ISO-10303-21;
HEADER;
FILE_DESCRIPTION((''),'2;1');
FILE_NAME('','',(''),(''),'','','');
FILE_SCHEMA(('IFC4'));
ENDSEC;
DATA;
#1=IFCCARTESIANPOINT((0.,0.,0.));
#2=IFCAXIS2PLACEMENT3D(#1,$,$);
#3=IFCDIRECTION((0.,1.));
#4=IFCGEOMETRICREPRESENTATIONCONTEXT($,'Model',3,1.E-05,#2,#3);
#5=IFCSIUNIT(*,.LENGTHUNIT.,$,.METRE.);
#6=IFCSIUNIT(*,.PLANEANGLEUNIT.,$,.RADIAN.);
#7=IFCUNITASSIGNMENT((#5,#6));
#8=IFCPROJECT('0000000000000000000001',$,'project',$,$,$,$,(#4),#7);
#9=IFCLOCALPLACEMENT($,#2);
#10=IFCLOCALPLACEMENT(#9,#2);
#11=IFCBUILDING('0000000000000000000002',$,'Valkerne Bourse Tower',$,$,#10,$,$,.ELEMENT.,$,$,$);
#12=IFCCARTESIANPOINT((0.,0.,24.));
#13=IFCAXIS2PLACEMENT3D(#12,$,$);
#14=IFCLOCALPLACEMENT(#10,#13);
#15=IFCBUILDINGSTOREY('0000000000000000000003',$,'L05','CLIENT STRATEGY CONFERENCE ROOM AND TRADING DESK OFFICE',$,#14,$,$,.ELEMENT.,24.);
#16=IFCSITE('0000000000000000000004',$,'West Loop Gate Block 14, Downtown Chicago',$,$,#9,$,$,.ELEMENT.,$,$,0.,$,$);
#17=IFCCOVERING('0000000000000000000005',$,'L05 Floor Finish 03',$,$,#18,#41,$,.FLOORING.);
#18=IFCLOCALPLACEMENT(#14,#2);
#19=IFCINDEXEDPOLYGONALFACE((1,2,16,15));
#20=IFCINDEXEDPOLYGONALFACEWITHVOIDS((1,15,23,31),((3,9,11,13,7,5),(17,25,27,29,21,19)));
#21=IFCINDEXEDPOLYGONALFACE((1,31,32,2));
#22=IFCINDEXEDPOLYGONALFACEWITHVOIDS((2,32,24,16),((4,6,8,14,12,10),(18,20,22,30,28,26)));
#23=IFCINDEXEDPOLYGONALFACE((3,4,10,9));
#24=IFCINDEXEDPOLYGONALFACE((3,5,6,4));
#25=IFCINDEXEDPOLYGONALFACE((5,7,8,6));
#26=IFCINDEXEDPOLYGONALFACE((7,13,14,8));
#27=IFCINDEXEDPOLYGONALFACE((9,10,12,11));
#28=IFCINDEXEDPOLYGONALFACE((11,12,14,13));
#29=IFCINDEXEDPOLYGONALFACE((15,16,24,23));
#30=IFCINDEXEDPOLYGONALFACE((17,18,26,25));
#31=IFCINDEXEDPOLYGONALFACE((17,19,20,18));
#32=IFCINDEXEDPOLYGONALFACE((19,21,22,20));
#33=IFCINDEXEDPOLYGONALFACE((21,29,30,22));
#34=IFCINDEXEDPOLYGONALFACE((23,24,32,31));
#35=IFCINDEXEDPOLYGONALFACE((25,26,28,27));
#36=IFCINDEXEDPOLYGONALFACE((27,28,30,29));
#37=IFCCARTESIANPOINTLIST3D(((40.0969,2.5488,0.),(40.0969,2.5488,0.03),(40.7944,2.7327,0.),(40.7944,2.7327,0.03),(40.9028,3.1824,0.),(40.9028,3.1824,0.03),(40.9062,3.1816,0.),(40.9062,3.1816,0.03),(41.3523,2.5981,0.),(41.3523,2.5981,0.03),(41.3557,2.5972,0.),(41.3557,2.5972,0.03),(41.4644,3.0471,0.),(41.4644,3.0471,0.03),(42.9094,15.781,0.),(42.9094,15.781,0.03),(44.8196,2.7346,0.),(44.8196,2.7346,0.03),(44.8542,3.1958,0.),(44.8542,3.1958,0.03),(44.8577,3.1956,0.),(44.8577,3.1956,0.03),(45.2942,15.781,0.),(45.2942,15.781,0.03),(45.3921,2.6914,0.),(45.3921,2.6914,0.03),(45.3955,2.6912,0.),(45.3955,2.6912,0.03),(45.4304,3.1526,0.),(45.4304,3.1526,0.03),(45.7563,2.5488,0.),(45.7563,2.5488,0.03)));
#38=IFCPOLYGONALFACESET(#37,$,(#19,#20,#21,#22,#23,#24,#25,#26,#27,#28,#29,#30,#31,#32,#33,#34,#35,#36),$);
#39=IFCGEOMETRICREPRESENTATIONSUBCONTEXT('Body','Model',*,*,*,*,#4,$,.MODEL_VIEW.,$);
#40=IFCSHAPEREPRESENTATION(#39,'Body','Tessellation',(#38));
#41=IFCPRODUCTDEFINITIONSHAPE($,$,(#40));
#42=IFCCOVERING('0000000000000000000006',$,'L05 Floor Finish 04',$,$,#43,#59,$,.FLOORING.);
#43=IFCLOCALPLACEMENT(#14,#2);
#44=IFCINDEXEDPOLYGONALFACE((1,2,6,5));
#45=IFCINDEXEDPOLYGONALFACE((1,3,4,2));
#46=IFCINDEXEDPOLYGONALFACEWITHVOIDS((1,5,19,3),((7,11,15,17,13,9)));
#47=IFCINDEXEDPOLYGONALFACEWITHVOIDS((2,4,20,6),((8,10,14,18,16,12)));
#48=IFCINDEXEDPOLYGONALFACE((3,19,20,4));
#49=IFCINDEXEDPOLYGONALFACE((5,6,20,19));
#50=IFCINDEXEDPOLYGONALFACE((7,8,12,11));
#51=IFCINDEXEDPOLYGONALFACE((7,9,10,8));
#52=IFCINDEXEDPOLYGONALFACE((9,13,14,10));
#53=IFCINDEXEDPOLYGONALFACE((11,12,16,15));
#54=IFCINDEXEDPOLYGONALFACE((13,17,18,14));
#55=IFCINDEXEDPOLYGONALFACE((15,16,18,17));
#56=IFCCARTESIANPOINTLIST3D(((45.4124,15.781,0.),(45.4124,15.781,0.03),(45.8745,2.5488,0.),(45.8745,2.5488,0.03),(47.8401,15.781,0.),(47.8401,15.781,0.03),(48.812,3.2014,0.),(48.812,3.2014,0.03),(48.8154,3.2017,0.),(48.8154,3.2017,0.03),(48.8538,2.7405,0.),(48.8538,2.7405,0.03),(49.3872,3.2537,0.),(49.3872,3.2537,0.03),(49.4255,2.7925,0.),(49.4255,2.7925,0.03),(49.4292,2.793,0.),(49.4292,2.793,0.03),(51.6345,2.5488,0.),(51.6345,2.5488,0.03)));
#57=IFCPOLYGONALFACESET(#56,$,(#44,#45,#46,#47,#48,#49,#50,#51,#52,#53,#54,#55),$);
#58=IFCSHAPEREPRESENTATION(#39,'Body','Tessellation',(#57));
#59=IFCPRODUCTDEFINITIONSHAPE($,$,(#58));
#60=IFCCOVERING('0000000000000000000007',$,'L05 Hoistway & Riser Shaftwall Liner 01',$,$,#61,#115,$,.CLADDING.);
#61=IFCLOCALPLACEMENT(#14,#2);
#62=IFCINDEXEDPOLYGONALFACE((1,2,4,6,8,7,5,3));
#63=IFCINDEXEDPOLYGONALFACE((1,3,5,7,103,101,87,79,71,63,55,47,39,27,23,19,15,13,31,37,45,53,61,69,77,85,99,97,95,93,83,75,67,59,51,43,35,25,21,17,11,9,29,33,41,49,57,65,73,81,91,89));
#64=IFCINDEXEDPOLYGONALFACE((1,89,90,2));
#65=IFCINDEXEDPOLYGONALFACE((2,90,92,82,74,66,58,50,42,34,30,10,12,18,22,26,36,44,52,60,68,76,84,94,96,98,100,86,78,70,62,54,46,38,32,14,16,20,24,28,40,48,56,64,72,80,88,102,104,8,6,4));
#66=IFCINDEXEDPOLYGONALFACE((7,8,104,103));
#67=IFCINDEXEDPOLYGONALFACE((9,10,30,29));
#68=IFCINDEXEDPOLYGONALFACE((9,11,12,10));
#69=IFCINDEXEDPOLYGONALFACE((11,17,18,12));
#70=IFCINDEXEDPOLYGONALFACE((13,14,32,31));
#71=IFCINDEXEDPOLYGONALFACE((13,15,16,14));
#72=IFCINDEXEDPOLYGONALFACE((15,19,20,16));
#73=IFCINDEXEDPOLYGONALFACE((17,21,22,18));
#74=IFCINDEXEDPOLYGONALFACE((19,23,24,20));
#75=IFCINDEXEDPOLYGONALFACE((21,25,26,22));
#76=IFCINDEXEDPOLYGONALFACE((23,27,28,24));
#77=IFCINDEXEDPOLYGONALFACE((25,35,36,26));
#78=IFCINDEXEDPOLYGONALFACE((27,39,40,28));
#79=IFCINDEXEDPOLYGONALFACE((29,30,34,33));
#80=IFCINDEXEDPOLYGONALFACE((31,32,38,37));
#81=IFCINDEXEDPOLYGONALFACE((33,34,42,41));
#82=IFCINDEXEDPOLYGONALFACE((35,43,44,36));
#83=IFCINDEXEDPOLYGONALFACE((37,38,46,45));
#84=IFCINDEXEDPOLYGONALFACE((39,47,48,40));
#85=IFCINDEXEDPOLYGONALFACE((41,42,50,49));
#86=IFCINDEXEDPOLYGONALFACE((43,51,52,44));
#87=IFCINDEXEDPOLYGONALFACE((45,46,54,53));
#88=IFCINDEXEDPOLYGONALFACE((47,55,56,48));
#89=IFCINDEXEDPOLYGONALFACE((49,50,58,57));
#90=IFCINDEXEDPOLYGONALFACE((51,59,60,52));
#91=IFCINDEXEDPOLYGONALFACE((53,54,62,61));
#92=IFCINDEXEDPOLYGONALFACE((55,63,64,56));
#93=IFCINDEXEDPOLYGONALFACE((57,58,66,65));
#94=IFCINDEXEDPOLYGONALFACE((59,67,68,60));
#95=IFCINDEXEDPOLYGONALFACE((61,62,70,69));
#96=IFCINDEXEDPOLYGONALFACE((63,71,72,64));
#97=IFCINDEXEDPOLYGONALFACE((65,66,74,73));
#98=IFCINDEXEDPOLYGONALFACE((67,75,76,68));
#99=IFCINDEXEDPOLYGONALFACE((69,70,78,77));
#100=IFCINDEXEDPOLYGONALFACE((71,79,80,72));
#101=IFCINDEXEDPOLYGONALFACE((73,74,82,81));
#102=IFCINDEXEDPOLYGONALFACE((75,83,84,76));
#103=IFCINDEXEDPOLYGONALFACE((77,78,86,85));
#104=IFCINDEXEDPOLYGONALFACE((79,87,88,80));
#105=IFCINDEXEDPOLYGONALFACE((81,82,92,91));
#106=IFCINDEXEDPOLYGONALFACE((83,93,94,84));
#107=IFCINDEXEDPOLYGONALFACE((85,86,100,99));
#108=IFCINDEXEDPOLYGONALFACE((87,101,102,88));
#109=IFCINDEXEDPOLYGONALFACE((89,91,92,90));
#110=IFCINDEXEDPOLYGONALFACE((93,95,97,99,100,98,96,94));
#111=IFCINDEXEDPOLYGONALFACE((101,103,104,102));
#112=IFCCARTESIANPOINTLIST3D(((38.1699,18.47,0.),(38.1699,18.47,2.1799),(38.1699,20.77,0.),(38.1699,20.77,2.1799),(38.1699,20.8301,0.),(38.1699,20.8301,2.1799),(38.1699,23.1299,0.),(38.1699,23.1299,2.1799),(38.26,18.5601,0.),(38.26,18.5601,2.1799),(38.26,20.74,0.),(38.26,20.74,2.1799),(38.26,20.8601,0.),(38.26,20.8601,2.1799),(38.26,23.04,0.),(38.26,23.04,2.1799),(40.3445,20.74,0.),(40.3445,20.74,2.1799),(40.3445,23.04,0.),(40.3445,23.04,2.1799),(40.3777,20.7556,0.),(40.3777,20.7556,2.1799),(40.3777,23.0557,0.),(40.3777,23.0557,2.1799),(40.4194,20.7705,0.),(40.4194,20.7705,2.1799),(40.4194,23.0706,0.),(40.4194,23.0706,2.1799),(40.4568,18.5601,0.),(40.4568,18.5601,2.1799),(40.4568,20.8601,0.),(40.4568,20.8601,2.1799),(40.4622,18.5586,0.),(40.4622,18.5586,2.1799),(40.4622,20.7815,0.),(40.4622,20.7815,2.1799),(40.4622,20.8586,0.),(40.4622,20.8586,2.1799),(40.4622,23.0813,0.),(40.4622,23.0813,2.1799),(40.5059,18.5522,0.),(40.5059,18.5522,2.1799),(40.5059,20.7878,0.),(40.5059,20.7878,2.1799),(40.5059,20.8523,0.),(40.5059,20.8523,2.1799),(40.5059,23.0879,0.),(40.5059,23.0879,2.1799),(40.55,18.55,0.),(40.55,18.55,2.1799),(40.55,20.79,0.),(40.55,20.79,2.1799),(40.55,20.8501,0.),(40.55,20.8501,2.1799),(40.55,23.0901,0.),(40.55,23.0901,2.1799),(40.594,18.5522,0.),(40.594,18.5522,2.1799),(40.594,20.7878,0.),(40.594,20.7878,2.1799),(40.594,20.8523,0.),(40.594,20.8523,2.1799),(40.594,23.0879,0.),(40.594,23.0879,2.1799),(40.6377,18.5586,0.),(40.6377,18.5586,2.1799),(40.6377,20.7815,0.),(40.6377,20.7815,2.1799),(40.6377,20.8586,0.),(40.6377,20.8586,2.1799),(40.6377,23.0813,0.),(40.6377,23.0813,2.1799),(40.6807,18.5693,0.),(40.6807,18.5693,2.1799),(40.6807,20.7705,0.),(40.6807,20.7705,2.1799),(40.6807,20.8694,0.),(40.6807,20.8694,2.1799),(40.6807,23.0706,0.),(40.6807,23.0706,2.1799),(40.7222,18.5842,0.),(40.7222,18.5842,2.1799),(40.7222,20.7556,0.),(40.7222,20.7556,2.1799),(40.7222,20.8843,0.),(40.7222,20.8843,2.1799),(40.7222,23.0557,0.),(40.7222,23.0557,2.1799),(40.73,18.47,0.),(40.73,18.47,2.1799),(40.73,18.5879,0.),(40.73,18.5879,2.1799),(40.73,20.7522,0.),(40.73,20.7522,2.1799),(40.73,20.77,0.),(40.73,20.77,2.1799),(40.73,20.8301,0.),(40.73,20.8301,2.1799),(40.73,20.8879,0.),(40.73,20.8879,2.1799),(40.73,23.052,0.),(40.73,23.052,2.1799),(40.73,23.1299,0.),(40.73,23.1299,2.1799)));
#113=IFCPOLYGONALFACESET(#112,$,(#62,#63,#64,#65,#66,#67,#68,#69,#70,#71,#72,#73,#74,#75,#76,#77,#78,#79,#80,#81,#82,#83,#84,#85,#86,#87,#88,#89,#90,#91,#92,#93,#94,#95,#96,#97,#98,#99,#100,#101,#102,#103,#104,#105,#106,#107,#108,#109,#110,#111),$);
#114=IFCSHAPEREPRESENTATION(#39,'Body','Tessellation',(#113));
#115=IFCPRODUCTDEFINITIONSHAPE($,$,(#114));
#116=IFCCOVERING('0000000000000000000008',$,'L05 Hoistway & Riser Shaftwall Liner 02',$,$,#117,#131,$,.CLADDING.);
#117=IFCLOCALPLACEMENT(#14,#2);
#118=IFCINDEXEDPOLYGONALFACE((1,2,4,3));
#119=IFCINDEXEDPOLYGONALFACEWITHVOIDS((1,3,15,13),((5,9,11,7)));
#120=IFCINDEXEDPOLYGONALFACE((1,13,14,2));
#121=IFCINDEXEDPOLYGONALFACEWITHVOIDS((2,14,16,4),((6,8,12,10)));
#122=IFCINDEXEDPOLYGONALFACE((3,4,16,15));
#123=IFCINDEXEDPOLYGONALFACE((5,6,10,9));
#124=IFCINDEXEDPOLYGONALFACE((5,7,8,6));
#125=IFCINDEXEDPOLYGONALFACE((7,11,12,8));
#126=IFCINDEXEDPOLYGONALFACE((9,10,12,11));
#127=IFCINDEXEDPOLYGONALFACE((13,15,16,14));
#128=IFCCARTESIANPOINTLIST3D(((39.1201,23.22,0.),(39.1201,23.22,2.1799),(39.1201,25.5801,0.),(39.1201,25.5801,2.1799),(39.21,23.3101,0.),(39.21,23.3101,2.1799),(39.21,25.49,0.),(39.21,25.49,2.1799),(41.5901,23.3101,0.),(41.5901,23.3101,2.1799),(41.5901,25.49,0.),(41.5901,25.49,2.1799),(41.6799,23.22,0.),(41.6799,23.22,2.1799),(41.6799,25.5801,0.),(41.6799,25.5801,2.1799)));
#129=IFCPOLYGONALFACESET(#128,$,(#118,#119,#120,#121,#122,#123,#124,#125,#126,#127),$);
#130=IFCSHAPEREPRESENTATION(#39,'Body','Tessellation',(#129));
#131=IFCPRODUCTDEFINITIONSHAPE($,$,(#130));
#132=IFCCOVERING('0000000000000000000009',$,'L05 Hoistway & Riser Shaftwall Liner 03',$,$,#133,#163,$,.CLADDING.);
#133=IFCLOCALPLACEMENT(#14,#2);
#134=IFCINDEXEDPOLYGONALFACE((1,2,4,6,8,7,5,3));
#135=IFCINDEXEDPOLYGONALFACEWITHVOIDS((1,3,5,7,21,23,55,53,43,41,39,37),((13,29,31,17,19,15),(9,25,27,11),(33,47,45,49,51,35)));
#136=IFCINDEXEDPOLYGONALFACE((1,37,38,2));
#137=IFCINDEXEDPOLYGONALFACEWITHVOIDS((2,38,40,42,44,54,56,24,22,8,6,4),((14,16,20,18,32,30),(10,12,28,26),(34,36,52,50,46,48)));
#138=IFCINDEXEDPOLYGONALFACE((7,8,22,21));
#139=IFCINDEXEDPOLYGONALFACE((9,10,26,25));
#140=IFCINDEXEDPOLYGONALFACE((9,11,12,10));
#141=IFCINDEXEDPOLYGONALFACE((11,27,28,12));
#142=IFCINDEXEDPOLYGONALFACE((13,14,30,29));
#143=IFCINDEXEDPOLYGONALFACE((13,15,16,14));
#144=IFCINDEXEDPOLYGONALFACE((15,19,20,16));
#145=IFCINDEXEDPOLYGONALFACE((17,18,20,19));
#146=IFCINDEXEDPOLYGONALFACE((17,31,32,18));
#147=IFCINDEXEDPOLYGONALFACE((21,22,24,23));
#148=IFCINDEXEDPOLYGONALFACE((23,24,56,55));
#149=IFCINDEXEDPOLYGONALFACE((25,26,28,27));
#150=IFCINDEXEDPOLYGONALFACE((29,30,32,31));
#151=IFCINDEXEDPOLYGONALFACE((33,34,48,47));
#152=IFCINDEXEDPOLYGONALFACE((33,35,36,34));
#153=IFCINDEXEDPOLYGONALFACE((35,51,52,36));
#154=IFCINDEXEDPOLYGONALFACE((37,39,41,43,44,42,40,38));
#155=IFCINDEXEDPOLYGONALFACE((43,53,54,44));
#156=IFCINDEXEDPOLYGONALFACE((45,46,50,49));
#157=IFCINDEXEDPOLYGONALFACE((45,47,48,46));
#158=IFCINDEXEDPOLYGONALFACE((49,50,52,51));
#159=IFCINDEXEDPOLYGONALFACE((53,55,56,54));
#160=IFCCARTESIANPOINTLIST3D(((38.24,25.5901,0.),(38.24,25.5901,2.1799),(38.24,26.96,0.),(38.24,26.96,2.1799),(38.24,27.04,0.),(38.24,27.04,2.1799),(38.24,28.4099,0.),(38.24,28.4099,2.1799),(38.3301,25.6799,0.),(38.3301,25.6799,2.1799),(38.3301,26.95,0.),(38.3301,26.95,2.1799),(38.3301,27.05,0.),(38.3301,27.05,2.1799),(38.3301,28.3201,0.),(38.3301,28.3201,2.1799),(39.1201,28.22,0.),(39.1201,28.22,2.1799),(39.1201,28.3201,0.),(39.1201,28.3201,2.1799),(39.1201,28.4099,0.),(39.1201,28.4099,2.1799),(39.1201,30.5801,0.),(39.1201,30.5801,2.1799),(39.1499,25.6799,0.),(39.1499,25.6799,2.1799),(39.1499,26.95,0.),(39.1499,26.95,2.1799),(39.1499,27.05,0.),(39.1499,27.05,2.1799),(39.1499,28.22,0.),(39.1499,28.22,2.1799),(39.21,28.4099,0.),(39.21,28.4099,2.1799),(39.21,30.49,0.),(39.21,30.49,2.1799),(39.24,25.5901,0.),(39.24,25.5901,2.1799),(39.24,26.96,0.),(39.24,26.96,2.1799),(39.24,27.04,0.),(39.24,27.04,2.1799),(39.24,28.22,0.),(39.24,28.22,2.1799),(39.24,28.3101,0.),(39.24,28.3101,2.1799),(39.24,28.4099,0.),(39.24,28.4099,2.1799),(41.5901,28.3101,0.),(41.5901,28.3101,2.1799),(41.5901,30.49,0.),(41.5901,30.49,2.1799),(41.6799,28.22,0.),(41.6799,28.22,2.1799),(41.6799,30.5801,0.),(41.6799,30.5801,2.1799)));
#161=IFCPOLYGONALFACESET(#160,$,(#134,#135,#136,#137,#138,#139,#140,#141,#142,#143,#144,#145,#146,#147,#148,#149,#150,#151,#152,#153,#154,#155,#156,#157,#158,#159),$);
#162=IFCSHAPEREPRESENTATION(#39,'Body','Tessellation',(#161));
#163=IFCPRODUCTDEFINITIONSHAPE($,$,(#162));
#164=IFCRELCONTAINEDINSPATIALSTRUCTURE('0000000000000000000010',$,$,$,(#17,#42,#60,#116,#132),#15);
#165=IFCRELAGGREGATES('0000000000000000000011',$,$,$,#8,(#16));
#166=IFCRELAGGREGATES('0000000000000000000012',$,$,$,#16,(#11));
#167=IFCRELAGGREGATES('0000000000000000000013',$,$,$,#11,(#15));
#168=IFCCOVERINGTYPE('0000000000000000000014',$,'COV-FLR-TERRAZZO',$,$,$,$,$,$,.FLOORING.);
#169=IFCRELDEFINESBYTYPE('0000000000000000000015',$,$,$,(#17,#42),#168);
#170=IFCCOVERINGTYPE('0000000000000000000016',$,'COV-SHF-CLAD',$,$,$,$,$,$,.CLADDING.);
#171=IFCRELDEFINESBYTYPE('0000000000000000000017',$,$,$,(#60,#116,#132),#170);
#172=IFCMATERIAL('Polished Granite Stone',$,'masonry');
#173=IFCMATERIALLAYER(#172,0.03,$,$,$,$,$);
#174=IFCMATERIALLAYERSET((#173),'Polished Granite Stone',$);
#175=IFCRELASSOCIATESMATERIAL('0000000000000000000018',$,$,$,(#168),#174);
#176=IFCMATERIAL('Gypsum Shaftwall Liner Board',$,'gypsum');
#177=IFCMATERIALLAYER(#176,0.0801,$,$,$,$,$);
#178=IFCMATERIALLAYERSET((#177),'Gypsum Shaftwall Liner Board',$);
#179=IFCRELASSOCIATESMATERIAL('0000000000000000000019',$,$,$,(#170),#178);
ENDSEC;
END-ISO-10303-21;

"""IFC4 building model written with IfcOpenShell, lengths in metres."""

from ifc_helpers import new_model, si_unit, direction, frame, origin, place, context, subcontext, project, spatial, polyline, outline, extrude, material, layer, layer_set, type_object, element, save


model = new_model("IFC4")

# Units and contexts
model_context = context("Model", 3, precision=1e-05, world=origin(), true_north=direction((0.0, 1.0)))
body_context = subcontext(model_context, "Body", "Model", "MODEL_VIEW")
ifc_project = project(units=[si_unit("LENGTHUNIT", "METRE"), si_unit("PLANEANGLEUNIT", "RADIAN")], contexts=[model_context])

# Site, building, storey
site_placement = place(None, origin())
site = spatial("IfcSite", under=ifc_project, at=site_placement, Name="West Loop Gate Block 14, Downtown Chicago", CompositionType="ELEMENT", RefElevation=0.0)
building_placement = place(site_placement, origin())
building = spatial("IfcBuilding", under=site, at=building_placement, Name="Valkerne Bourse Tower", CompositionType="ELEMENT")
storey_placement = place(building_placement, frame((0.0, 0.0, 24.0)))
storey = spatial("IfcBuildingStorey", under=building, at=storey_placement, Name="L05", Description="CLIENT STRATEGY CONFERENCE ROOM AND TRADING DESK OFFICE", CompositionType="ELEMENT", Elevation=24.0)

# Coverings
ifc_material_1 = material(Name="Polished Granite Stone", Category="masonry")
ifc_layer_1 = layer(ifc_material_1, 0.03)
ifc_layer_set_1 = layer_set([ifc_layer_1], Name="Polished Granite Stone")
covering_type_1 = type_object("IfcCoveringType", Name="COV-FLR-TERRAZZO", PredefinedType="FLOORING", material=ifc_layer_set_1)
covering_1_placement = place(storey_placement, origin())
element("IfcCovering", 1, at=covering_1_placement, inside=storey, type_object=covering_type_1, Name="L05 Floor Finish 03", PredefinedType="FLOORING", context=body_context, shape_type="SweptSolid", body=[
    extrude(outline(polyline([(45.2942, 15.781), (45.7563, 2.5488), (40.0969, 2.5488), (42.9094, 15.781), (45.2942, 15.781)]), holes=[polyline([(40.9062, 3.1816), (40.9028, 3.1824), (40.7944, 2.7327), (41.3523, 2.5981), (41.3557, 2.5972), (41.4644, 3.0471), (40.9062, 3.1816)]), polyline([(45.4304, 3.1526), (44.8577, 3.1956), (44.8542, 3.1958), (44.8196, 2.7346), (45.3921, 2.6914), (45.3955, 2.6912), (45.4304, 3.1526)])]), origin(), (0.0, 0.0, 1.0), 0.03),
])
covering_2_placement = place(storey_placement, origin())
element("IfcCovering", 2, at=covering_2_placement, inside=storey, type_object=covering_type_1, Name="L05 Floor Finish 04", PredefinedType="FLOORING", context=body_context, shape_type="SweptSolid", body=[
    extrude(outline(polyline([(47.8401, 15.781), (51.6345, 2.5488), (45.8745, 2.5488), (45.4124, 15.781), (47.8401, 15.781)]), holes=[polyline([(49.4255, 2.7925), (49.4292, 2.793), (49.3872, 3.2537), (48.8154, 3.2017), (48.812, 3.2014), (48.8538, 2.7405), (49.4255, 2.7925)])]), origin(), (0.0, 0.0, 1.0), 0.03),
])
ifc_material_2 = material(Name="Gypsum Shaftwall Liner Board", Category="gypsum")
ifc_layer_2 = layer(ifc_material_2, 0.0801)
ifc_layer_set_2 = layer_set([ifc_layer_2], Name="Gypsum Shaftwall Liner Board")
covering_type_2 = type_object("IfcCoveringType", Name="COV-SHF-CLAD", PredefinedType="CLADDING", material=ifc_layer_set_2)
covering_3_placement = place(storey_placement, origin())
element("IfcCovering", 3, at=covering_3_placement, inside=storey, type_object=covering_type_2, Name="L05 Hoistway & Riser Shaftwall Liner 01", PredefinedType="CLADDING", context=body_context, shape_type="SweptSolid", body=[
    extrude(outline(polyline([(38.1699, 20.8301), (38.1699, 23.1299), (40.73, 23.1299), (40.73, 23.052), (40.7222, 23.0557), (40.6807, 23.0706), (40.6377, 23.0813), (40.594, 23.0879), (40.55, 23.0901), (40.5059, 23.0879), (40.4622, 23.0813), (40.4194, 23.0706), (40.3777, 23.0557), (40.3445, 23.04), (38.26, 23.04), (38.26, 20.8601), (40.4568, 20.8601), (40.4622, 20.8586), (40.5059, 20.8523), (40.55, 20.8501), (40.594, 20.8523), (40.6377, 20.8586), (40.6807, 20.8694), (40.7222, 20.8843), (40.73, 20.8879), (40.73, 20.8301), (40.73, 20.77), (40.73, 20.7522), (40.7222, 20.7556), (40.6807, 20.7705), (40.6377, 20.7815), (40.594, 20.7878), (40.55, 20.79), (40.5059, 20.7878), (40.4622, 20.7815), (40.4194, 20.7705), (40.3777, 20.7556), (40.3445, 20.74), (38.26, 20.74), (38.26, 18.5601), (40.4568, 18.5601), (40.4622, 18.5586), (40.5059, 18.5522), (40.55, 18.55), (40.594, 18.5522), (40.6377, 18.5586), (40.6807, 18.5693), (40.7222, 18.5842), (40.73, 18.5879), (40.73, 18.47), (38.1699, 18.47), (38.1699, 20.77), (38.1699, 20.8301)])), origin(), (0.0, 0.0, 1.0), 2.1799),
])
covering_4_placement = place(storey_placement, origin())
element("IfcCovering", 4, at=covering_4_placement, inside=storey, type_object=covering_type_2, Name="L05 Hoistway & Riser Shaftwall Liner 02", PredefinedType="CLADDING", context=body_context, shape_type="SweptSolid", body=[
    extrude(outline(polyline([(39.1201, 23.22), (39.1201, 25.5801), (41.6799, 25.5801), (41.6799, 23.22), (39.1201, 23.22)]), holes=[polyline([(39.21, 23.3101), (41.5901, 23.3101), (41.5901, 25.49), (39.21, 25.49), (39.21, 23.3101)])]), origin(), (0.0, 0.0, 1.0), 2.1799),
])
covering_5_placement = place(storey_placement, origin())
element("IfcCovering", 5, at=covering_5_placement, inside=storey, type_object=covering_type_2, Name="L05 Hoistway & Riser Shaftwall Liner 03", PredefinedType="CLADDING", context=body_context, shape_type="SweptSolid", body=[
    extrude(outline(polyline([(38.24, 28.4099), (39.1201, 28.4099), (39.1201, 30.5801), (41.6799, 30.5801), (41.6799, 28.22), (39.24, 28.22), (39.24, 27.04), (39.24, 26.96), (39.24, 25.5901), (38.24, 25.5901), (38.24, 26.96), (38.24, 27.04), (38.24, 28.4099)]), holes=[polyline([(41.5901, 28.3101), (41.5901, 30.49), (39.21, 30.49), (39.21, 28.4099), (39.24, 28.4099), (39.24, 28.3101), (41.5901, 28.3101)]), polyline([(38.3301, 26.95), (38.3301, 25.6799), (39.1499, 25.6799), (39.1499, 26.95), (38.3301, 26.95)]), polyline([(39.1201, 28.22), (39.1201, 28.3201), (38.3301, 28.3201), (38.3301, 27.05), (39.1499, 27.05), (39.1499, 28.22), (39.1201, 28.22)])]), origin(), (0.0, 0.0, 1.0), 2.1799),
])

save(model, "model.ifc")
